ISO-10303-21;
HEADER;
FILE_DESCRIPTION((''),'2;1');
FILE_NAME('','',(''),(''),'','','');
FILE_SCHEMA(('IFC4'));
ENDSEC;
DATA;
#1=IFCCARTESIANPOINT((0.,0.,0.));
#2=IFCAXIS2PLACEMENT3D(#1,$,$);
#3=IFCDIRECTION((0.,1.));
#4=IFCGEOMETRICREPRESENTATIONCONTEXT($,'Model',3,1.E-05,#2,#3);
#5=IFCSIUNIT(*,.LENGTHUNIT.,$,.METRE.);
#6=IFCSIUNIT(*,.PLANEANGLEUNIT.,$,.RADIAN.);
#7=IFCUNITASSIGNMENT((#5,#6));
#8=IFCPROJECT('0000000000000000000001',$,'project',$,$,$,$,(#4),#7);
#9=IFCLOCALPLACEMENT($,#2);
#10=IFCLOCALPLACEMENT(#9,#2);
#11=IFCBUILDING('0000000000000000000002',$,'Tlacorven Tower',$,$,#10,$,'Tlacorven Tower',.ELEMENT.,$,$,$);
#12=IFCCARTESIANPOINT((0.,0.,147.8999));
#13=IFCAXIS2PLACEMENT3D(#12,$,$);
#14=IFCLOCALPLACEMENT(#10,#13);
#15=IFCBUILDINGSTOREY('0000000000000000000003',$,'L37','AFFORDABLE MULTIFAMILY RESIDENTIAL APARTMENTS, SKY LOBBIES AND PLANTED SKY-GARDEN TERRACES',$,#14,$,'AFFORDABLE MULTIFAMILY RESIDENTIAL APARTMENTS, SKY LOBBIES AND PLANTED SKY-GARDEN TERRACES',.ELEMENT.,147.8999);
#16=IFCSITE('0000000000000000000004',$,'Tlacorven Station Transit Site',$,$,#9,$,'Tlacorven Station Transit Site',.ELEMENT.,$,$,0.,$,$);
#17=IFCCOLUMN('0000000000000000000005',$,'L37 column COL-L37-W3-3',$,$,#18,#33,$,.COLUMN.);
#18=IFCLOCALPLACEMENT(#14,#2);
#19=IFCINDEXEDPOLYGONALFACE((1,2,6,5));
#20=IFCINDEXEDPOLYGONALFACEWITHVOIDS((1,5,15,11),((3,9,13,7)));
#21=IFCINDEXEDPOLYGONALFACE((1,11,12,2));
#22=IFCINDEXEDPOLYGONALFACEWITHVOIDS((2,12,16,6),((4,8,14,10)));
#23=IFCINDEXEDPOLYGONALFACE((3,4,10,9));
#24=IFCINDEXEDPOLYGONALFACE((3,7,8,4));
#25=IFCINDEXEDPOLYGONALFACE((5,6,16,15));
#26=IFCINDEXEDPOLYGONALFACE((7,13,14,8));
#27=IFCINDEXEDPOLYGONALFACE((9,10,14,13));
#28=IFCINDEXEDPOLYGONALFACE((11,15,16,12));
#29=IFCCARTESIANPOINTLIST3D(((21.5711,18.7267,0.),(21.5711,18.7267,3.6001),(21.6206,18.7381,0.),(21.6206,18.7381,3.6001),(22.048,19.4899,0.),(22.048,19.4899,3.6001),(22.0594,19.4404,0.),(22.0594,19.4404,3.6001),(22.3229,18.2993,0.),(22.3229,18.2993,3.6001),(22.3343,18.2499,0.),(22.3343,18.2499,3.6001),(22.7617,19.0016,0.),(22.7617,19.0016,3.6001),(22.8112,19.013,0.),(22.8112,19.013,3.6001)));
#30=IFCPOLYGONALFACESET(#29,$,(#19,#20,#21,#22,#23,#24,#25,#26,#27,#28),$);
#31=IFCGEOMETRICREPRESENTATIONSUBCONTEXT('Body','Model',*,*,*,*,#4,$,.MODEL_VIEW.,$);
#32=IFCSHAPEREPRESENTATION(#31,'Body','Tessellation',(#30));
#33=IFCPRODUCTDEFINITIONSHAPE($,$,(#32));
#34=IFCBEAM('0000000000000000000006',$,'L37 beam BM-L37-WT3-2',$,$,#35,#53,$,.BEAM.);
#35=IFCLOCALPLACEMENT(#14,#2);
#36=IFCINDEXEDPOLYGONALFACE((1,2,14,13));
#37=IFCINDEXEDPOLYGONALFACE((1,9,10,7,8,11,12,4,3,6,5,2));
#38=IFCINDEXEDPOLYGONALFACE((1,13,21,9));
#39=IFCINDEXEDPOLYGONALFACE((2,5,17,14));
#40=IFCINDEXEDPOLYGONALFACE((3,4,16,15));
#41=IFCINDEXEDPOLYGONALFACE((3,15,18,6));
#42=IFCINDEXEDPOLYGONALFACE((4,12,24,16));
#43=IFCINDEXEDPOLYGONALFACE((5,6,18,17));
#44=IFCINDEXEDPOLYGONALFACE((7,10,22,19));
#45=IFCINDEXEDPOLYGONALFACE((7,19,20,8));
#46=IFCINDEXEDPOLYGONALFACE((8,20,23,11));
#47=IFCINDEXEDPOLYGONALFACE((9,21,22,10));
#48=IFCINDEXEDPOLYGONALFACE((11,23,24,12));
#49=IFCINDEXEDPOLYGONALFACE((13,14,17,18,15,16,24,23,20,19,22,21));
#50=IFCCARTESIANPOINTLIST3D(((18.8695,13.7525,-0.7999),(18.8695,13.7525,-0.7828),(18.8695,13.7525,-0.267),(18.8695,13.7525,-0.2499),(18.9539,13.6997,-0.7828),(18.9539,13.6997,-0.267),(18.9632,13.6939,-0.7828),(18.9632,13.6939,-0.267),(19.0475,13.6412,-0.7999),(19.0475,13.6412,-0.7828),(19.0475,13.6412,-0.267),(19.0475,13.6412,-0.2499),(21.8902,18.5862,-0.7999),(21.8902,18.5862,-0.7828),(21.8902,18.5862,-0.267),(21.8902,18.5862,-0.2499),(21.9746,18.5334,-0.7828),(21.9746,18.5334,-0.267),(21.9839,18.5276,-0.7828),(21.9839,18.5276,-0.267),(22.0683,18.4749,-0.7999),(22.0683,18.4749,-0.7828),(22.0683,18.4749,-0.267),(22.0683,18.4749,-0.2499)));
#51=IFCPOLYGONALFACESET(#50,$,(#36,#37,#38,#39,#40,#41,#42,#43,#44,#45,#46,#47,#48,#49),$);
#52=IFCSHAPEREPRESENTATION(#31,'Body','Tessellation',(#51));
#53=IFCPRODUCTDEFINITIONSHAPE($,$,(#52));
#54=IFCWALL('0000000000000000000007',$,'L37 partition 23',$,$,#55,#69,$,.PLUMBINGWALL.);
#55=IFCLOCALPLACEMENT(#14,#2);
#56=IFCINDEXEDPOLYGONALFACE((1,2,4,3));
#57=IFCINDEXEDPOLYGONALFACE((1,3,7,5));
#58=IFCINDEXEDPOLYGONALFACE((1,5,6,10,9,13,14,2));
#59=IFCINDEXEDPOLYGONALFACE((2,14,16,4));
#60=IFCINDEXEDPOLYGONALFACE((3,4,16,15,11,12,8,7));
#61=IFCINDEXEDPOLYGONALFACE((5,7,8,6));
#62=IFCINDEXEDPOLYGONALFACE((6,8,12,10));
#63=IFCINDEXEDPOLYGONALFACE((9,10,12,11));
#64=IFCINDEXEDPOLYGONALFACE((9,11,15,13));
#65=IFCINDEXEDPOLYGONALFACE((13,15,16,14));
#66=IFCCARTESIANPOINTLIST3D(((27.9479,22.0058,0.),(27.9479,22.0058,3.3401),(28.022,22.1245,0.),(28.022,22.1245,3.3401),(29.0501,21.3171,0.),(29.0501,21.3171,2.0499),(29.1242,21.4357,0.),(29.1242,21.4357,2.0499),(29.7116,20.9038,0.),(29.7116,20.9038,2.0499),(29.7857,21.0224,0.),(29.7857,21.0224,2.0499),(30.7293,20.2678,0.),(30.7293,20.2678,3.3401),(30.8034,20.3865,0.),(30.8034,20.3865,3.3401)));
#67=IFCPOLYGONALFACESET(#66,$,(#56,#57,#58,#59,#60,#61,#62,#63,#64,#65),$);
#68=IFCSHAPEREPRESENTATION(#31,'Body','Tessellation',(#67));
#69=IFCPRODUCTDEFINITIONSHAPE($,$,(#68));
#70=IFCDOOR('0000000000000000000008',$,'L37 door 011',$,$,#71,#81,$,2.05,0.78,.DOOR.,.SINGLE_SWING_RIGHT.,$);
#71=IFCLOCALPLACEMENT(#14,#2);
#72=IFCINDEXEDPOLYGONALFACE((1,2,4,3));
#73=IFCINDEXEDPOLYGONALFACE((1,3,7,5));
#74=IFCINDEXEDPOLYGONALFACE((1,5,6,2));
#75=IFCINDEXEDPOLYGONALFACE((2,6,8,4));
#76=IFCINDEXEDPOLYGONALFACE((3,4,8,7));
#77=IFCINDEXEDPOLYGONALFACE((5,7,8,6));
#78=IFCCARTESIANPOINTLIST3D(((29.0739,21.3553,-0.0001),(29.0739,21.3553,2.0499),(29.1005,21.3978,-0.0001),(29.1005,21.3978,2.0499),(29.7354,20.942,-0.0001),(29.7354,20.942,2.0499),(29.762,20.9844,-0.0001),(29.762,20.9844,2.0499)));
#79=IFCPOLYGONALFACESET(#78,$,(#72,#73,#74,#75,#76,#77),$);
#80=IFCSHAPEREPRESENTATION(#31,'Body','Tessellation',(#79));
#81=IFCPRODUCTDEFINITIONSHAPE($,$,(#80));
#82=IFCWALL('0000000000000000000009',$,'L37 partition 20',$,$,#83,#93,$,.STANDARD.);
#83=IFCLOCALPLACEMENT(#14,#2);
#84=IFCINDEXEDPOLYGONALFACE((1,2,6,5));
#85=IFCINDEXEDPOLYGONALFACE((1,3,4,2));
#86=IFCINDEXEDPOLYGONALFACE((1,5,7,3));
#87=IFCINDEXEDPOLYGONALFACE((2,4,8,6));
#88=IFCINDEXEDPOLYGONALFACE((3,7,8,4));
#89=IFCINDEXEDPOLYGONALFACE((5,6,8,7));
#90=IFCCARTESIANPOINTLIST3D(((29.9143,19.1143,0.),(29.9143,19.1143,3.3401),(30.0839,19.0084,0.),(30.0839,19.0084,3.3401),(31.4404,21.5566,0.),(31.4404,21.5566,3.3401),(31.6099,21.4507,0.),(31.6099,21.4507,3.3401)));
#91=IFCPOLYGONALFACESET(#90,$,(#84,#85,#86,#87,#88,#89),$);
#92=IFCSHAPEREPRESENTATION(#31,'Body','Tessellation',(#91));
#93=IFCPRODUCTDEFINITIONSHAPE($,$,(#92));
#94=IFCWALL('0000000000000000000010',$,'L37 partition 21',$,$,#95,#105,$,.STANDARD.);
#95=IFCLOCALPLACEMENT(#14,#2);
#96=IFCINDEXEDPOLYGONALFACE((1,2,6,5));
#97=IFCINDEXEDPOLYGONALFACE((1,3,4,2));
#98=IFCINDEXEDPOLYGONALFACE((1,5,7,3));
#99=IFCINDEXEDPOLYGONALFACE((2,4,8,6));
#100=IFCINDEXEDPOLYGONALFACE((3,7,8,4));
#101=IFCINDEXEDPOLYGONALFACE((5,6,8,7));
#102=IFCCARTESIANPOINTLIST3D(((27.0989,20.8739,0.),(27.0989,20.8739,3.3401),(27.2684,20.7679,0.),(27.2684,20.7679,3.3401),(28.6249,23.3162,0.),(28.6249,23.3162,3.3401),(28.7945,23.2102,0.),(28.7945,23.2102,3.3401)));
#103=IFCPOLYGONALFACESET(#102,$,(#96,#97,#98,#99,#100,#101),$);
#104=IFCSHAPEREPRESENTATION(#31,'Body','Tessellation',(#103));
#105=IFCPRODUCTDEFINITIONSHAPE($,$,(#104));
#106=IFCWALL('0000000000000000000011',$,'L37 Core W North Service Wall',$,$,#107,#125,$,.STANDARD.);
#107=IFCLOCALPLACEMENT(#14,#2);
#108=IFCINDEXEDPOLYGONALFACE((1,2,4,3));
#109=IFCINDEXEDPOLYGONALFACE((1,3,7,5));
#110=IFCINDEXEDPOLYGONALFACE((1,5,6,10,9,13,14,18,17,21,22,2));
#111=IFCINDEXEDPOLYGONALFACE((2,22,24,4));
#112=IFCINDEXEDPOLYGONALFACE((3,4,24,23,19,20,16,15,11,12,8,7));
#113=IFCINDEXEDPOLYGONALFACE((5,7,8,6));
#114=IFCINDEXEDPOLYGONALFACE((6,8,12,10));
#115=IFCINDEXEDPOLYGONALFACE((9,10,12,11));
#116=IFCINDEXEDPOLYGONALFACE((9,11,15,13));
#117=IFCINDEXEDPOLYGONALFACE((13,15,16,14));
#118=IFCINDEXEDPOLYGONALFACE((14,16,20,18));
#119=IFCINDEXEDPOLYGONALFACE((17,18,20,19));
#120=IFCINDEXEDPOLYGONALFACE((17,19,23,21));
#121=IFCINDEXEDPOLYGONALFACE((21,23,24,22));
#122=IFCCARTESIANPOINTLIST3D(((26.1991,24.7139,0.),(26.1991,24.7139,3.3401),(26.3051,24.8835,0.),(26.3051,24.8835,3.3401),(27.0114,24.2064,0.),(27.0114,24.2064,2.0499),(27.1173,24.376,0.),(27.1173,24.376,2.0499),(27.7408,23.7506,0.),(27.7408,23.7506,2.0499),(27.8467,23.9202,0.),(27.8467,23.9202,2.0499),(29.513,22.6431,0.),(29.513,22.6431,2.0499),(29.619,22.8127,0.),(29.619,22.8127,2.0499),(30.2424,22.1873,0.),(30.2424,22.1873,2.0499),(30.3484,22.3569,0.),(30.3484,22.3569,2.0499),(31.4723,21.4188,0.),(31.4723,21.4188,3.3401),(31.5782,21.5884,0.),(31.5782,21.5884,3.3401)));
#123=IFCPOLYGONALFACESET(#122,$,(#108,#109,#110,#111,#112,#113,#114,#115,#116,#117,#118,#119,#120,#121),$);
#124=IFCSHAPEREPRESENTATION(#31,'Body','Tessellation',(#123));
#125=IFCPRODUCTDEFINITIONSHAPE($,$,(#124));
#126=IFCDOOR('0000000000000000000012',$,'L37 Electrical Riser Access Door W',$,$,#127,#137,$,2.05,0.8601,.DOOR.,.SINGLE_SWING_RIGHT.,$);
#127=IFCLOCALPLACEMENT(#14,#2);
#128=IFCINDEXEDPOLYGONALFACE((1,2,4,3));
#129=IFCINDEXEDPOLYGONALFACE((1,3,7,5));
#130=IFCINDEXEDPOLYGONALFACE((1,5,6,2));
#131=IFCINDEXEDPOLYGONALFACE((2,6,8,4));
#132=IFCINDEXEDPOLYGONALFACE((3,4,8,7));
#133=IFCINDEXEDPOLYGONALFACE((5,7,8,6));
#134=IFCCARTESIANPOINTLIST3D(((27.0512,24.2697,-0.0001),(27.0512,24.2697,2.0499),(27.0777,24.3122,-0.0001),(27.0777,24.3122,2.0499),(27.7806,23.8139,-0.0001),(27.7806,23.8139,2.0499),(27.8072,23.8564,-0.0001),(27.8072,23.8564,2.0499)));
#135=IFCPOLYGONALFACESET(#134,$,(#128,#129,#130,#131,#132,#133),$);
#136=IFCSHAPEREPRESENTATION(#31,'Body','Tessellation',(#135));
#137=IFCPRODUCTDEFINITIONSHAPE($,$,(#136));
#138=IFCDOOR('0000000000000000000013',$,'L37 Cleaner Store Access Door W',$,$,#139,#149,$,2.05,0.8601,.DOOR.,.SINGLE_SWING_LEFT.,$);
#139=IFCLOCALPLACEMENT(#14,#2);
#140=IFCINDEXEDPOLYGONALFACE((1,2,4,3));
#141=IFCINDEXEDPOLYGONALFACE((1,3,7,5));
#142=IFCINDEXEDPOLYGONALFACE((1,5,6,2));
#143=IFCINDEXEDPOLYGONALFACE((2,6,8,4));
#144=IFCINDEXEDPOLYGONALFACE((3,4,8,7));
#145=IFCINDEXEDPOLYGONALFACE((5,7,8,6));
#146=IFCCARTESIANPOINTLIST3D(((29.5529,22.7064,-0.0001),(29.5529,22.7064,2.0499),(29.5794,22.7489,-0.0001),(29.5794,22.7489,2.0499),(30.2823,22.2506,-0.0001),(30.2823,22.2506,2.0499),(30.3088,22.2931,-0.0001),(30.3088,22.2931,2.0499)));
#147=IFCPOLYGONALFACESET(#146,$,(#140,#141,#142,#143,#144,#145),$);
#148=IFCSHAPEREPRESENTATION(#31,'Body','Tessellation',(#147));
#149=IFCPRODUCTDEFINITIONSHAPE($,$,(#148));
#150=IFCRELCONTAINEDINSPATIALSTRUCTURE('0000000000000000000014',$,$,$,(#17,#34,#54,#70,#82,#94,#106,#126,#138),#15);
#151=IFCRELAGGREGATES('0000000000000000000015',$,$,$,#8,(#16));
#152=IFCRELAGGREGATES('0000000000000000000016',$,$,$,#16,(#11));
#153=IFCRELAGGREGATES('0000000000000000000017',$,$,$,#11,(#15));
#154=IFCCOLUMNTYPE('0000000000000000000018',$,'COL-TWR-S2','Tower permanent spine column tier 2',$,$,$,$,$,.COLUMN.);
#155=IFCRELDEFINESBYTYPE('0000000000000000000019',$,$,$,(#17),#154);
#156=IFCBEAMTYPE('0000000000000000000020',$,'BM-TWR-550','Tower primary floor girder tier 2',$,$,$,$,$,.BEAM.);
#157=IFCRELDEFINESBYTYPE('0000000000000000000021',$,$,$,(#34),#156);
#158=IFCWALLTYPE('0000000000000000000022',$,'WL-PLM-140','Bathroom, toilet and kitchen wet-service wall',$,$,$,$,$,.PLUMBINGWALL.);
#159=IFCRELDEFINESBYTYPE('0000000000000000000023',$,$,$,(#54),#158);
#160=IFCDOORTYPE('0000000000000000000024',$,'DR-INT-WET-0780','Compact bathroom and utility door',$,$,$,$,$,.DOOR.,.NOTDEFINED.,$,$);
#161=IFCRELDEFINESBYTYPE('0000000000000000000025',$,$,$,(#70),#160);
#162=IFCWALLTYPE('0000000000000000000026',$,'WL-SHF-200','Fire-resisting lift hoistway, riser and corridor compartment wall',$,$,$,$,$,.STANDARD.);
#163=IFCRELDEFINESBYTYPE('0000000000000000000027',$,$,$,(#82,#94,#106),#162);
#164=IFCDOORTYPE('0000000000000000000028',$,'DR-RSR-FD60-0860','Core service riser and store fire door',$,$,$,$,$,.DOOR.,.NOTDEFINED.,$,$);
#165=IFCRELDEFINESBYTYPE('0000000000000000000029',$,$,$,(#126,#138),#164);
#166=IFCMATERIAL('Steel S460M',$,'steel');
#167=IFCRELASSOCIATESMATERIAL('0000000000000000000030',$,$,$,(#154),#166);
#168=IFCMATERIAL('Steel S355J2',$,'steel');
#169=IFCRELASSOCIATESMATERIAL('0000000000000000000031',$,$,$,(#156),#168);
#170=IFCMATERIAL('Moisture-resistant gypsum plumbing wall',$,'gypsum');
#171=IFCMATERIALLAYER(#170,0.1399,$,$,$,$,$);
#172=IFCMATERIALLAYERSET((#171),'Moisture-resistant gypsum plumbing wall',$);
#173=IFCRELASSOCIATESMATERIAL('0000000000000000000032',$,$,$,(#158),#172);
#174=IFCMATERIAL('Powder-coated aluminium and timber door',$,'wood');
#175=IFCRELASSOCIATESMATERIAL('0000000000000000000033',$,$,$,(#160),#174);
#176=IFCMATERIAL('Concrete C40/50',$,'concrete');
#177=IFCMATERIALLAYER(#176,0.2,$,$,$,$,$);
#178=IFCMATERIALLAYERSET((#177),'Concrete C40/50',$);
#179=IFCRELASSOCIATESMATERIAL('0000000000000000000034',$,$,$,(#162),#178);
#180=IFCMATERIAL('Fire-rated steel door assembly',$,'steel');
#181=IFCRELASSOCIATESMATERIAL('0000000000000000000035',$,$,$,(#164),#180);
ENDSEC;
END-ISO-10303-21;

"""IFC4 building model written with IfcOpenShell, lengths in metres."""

from ifc_helpers import new_model, si_unit, direction, frame, frame_2d, origin, origin_2d, place, context, subcontext, project, spatial, rectangle, hollow_rectangle, i_section, extrude, source, transform, mapped, material, layer, layer_set, material_profile, profile_set, type_object, element, fill, save


model = new_model("IFC4")

# Units and contexts
model_context = context("Model", 3, precision=1e-05, world=origin(), true_north=direction((0.0, 1.0)))
body_context = subcontext(model_context, "Body", "Model", "MODEL_VIEW")
ifc_project = project(units=[si_unit("LENGTHUNIT", "METRE"), si_unit("PLANEANGLEUNIT", "RADIAN")], contexts=[model_context])

# Site, building, storey
site_placement = place(None, origin())
site = spatial("IfcSite", under=ifc_project, at=site_placement, Name="Tlacorven Station Transit Site", LongName="Tlacorven Station Transit Site", CompositionType="ELEMENT", RefElevation=0.0)
building_placement = place(site_placement, origin())
building = spatial("IfcBuilding", under=site, at=building_placement, Name="Tlacorven Tower", LongName="Tlacorven Tower", CompositionType="ELEMENT")
storey_placement = place(building_placement, frame((0.0, 0.0, 147.8999)))
storey = spatial("IfcBuildingStorey", under=building, at=storey_placement, Name="L37", Description="AFFORDABLE MULTIFAMILY RESIDENTIAL APARTMENTS, SKY LOBBIES AND PLANTED SKY-GARDEN TERRACES", LongName="AFFORDABLE MULTIFAMILY RESIDENTIAL APARTMENTS, SKY LOBBIES AND PLANTED SKY-GARDEN TERRACES", CompositionType="ELEMENT", Elevation=147.8999)

# Column
ifc_material_1 = material(Name="Steel S460M", Category="steel")
ifc_material_profile_1 = material_profile(ifc_material_1, hollow_rectangle(XDim=0.8999, YDim=0.8999, WallThickness=0.0359, at=origin_2d()), Name="BOX 900X900X36")
ifc_profile_set_1 = profile_set([ifc_material_profile_1], Name="Steel S460M")
column_type = type_object("IfcColumnType", Name="COL-TWR-S2", Description="Tower permanent spine column tier 2", PredefinedType="COLUMN", material=ifc_profile_set_1)
shared_shape_1 = source(origin(), body_context, "Body", "SweptSolid", [
    extrude(hollow_rectangle(XDim=0.8999, YDim=0.8999, WallThickness=0.0359, at=origin_2d()), origin(), (0.0, 0.0, 1.0), 3.6001),
])
column_placement = place(storey_placement, frame((22.1912, 18.8699, 0.0), z_axis=(0.0, 0.0, 1.0), x_axis=(-0.848048, 0.529919, 0.0)))
element("IfcColumn", 1, at=column_placement, inside=storey, type_object=column_type, Name="L37 column COL-L37-W3-3", PredefinedType="COLUMN", context=body_context, shape_type="MappedRepresentation", body=[
    mapped(shared_shape_1, transform((0.0, 0.0, 0.0), scale=1.0)),
])

# Beam
ifc_material_2 = material(Name="Steel S355J2", Category="steel")
ifc_material_profile_2 = material_profile(ifc_material_2, i_section(OverallWidth=0.21, OverallDepth=0.55, WebThickness=0.011, FlangeThickness=0.0171, at=origin_2d()), Name="IPE 550")
ifc_profile_set_2 = profile_set([ifc_material_profile_2], Name="Steel S355J2")
beam_type = type_object("IfcBeamType", Name="BM-TWR-550", Description="Tower primary floor girder tier 2", PredefinedType="BEAM", material=ifc_profile_set_2)
shared_shape_2 = source(origin(), body_context, "Body", "SweptSolid", [
    extrude(i_section(OverallWidth=0.21, OverallDepth=0.55, WebThickness=0.011, FlangeThickness=0.0171, at=origin_2d()), origin(), (0.0, 0.0, 1.0), 5.7),
])
beam_placement = place(storey_placement, frame((21.9792, 18.5305, -0.5249), z_axis=(-0.529957, -0.848025, 0.0), x_axis=(0.848025, -0.529957, 0.0)))
element("IfcBeam", 2, at=beam_placement, inside=storey, type_object=beam_type, Name="L37 beam BM-L37-WT3-2", PredefinedType="BEAM", context=body_context, shape_type="MappedRepresentation", body=[
    mapped(shared_shape_2, transform((0.0, 0.0, 0.0), scale=1.0)),
])

# Wall, opening, door
ifc_material_3 = material(Name="Moisture-resistant gypsum plumbing wall", Category="gypsum")
ifc_layer_1 = layer(ifc_material_3, 0.1399)
ifc_layer_set_1 = layer_set([ifc_layer_1], Name="Moisture-resistant gypsum plumbing wall")
wall_type_1 = type_object("IfcWallType", Name="WL-PLM-140", Description="Bathroom, toilet and kitchen wet-service wall", PredefinedType="PLUMBINGWALL", material=ifc_layer_set_1)
wall_1_placement = place(storey_placement, frame((30.7664, 20.3271, 0.0), z_axis=(0.0, 0.0, 1.0), x_axis=(-0.848053, 0.529912, 0.0)))
wall_1 = element("IfcWall", 3, at=wall_1_placement, inside=storey, type_object=wall_type_1, Name="L37 partition 23", PredefinedType="PLUMBINGWALL", context=body_context, shape_type="SweptSolid", body=[
    extrude(rectangle(XDim=3.2798, YDim=0.1399, at=frame_2d((1.6399, 0.0))), origin(), (0.0, 0.0, 1.0), 3.3401),
])
opening_1_placement = place(wall_1_placement, frame((1.2, 0.0, 0.0)))
opening_1 = element("IfcOpeningElement", 4, at=opening_1_placement, cuts=wall_1, PredefinedType="OPENING", context=body_context, shape_type="SweptSolid", body=[
    extrude(rectangle(XDim=0.78, YDim=2.05, at=frame_2d((0.3901, 1.0249))), frame((0.0, 0.0801, 0.0), z_axis=(0.0, -1.0, 0.0), x_axis=(1.0, 0.0, 0.0)), (0.0, 0.0, 1.0), 0.1599),
])
ifc_material_4 = material(Name="Powder-coated aluminium and timber door", Category="wood")
door_type_1 = type_object("IfcDoorType", Name="DR-INT-WET-0780", Description="Compact bathroom and utility door", OperationType="NOTDEFINED", PredefinedType="DOOR", material=ifc_material_4)
shared_shape_3 = source(origin(), body_context, "Body", "SweptSolid", [
    extrude(rectangle(XDim=0.78, YDim=2.05, at=frame_2d((0.3901, 1.0249))), frame((0.0, 0.0249, 0.0), z_axis=(0.0, -1.0, 0.0), x_axis=(1.0, 0.0, 0.0)), (0.0, 0.0, 1.0), 0.05),
])
door_1_placement = place(opening_1_placement, origin())
door_1 = element("IfcDoor", 5, at=door_1_placement, inside=storey, type_object=door_type_1, Name="L37 door 011", OperationType="SINGLE_SWING_RIGHT", OverallHeight=2.05, OverallWidth=0.78, PredefinedType="DOOR", context=body_context, shape_type="MappedRepresentation", body=[
    mapped(shared_shape_3, transform((0.0, 0.0, 0.0), scale=1.0)),
])
fill(opening_1, door_1)

# Shared definitions
ifc_material_5 = material(Name="Concrete C40/50", Category="concrete")
ifc_layer_2 = layer(ifc_material_5, 0.2)
ifc_layer_set_2 = layer_set([ifc_layer_2], Name="Concrete C40/50")
wall_type_2 = type_object("IfcWallType", Name="WL-SHF-200", Description="Fire-resisting lift hoistway, riser and corridor compartment wall", PredefinedType="STANDARD", material=ifc_layer_set_2)
ifc_material_6 = material(Name="Fire-rated steel door assembly", Category="steel")

# Walls
for number, where, z_axis, x_axis, name in (
    (6, (31.5251, 21.5037, 0.0), (0.0, 0.0, 1.0), (-0.529907, -0.848055, 0.0), "L37 partition 20"),
    (7, (28.7097, 23.2632, 0.0), (0.0, 0.0, 1.0), (-0.529907, -0.848055, 0.0), "L37 partition 21"),
):
    element("IfcWall", number, at=place(storey_placement, frame(where, z_axis=z_axis, x_axis=x_axis)), inside=storey, type_object=wall_type_2, Name=name, PredefinedType="STANDARD", context=body_context, shape_type="SweptSolid", body=[
        extrude(rectangle(XDim=2.8799, YDim=0.2, at=frame_2d((1.4399, 0.0))), origin(), (0.0, 0.0, 1.0), 3.3401),
    ])

# Wall, openings, doors
wall_2_placement = place(storey_placement, frame((31.5251, 21.5037, 0.0), z_axis=(0.0, 0.0, 1.0), x_axis=(-0.84804, 0.529932, 0.0)))
wall_2 = element("IfcWall", 8, at=wall_2_placement, inside=storey, type_object=wall_type_2, Name="L37 Core W North Service Wall", PredefinedType="STANDARD", context=body_context, shape_type="SweptSolid", body=[
    extrude(rectangle(XDim=6.218, YDim=0.2, at=frame_2d((3.1089, 0.0))), origin(), (0.0, 0.0, 1.0), 3.3401),
])
opening_2_placement = place(wall_2_placement, frame((4.3999, 0.0, 0.0)))
opening_2 = element("IfcOpeningElement", 9, at=opening_2_placement, cuts=wall_2, PredefinedType="OPENING", context=body_context, shape_type="SweptSolid", body=[
    extrude(rectangle(XDim=0.8601, YDim=2.05, at=frame_2d((0.4302, 1.0249))), frame((0.0, 0.1099, 0.0), z_axis=(0.0, -1.0, 0.0), x_axis=(1.0, 0.0, 0.0)), (0.0, 0.0, 1.0), 0.22),
])
opening_3_placement = place(wall_2_placement, frame((1.45, 0.0, 0.0)))
opening_3 = element("IfcOpeningElement", 10, at=opening_3_placement, cuts=wall_2, PredefinedType="OPENING", context=body_context, shape_type="SweptSolid", body=[
    extrude(rectangle(XDim=0.8601, YDim=2.05, at=frame_2d((0.4302, 1.0249))), frame((0.0, 0.1099, 0.0), z_axis=(0.0, -1.0, 0.0), x_axis=(1.0, 0.0, 0.0)), (0.0, 0.0, 1.0), 0.22),
])
door_type_2 = type_object("IfcDoorType", Name="DR-RSR-FD60-0860", Description="Core service riser and store fire door", OperationType="NOTDEFINED", PredefinedType="DOOR", material=ifc_material_6)
shared_shape_4 = source(origin(), body_context, "Body", "SweptSolid", [
    extrude(rectangle(XDim=0.8601, YDim=2.05, at=frame_2d((0.4302, 1.0249))), frame((0.0, 0.0249, 0.0), z_axis=(0.0, -1.0, 0.0), x_axis=(1.0, 0.0, 0.0)), (0.0, 0.0, 1.0), 0.05),
])
door_2_placement = place(opening_2_placement, frame((0.8601, 0.0, 0.0), z_axis=(0.0, 0.0, 1.0), x_axis=(-1.0, 0.0, 0.0)))
door_2 = element("IfcDoor", 11, at=door_2_placement, inside=storey, type_object=door_type_2, Name="L37 Electrical Riser Access Door W", OperationType="SINGLE_SWING_RIGHT", OverallHeight=2.05, OverallWidth=0.8601, PredefinedType="DOOR", context=body_context, shape_type="MappedRepresentation", body=[
    mapped(shared_shape_4, transform((0.0, 0.0, 0.0), scale=1.0)),
])
fill(opening_2, door_2)
door_3_placement = place(opening_3_placement, frame((0.8601, 0.0, 0.0), z_axis=(0.0, 0.0, 1.0), x_axis=(-1.0, 0.0, 0.0)))
door_3 = element("IfcDoor", 12, at=door_3_placement, inside=storey, type_object=door_type_2, Name="L37 Cleaner Store Access Door W", OperationType="SINGLE_SWING_LEFT", OverallHeight=2.05, OverallWidth=0.8601, PredefinedType="DOOR", context=body_context, shape_type="MappedRepresentation", body=[
    mapped(shared_shape_4, transform((0.0, 0.0, 0.0), scale=1.0)),
])
fill(opening_3, door_3)

save(model, "model.ifc")
